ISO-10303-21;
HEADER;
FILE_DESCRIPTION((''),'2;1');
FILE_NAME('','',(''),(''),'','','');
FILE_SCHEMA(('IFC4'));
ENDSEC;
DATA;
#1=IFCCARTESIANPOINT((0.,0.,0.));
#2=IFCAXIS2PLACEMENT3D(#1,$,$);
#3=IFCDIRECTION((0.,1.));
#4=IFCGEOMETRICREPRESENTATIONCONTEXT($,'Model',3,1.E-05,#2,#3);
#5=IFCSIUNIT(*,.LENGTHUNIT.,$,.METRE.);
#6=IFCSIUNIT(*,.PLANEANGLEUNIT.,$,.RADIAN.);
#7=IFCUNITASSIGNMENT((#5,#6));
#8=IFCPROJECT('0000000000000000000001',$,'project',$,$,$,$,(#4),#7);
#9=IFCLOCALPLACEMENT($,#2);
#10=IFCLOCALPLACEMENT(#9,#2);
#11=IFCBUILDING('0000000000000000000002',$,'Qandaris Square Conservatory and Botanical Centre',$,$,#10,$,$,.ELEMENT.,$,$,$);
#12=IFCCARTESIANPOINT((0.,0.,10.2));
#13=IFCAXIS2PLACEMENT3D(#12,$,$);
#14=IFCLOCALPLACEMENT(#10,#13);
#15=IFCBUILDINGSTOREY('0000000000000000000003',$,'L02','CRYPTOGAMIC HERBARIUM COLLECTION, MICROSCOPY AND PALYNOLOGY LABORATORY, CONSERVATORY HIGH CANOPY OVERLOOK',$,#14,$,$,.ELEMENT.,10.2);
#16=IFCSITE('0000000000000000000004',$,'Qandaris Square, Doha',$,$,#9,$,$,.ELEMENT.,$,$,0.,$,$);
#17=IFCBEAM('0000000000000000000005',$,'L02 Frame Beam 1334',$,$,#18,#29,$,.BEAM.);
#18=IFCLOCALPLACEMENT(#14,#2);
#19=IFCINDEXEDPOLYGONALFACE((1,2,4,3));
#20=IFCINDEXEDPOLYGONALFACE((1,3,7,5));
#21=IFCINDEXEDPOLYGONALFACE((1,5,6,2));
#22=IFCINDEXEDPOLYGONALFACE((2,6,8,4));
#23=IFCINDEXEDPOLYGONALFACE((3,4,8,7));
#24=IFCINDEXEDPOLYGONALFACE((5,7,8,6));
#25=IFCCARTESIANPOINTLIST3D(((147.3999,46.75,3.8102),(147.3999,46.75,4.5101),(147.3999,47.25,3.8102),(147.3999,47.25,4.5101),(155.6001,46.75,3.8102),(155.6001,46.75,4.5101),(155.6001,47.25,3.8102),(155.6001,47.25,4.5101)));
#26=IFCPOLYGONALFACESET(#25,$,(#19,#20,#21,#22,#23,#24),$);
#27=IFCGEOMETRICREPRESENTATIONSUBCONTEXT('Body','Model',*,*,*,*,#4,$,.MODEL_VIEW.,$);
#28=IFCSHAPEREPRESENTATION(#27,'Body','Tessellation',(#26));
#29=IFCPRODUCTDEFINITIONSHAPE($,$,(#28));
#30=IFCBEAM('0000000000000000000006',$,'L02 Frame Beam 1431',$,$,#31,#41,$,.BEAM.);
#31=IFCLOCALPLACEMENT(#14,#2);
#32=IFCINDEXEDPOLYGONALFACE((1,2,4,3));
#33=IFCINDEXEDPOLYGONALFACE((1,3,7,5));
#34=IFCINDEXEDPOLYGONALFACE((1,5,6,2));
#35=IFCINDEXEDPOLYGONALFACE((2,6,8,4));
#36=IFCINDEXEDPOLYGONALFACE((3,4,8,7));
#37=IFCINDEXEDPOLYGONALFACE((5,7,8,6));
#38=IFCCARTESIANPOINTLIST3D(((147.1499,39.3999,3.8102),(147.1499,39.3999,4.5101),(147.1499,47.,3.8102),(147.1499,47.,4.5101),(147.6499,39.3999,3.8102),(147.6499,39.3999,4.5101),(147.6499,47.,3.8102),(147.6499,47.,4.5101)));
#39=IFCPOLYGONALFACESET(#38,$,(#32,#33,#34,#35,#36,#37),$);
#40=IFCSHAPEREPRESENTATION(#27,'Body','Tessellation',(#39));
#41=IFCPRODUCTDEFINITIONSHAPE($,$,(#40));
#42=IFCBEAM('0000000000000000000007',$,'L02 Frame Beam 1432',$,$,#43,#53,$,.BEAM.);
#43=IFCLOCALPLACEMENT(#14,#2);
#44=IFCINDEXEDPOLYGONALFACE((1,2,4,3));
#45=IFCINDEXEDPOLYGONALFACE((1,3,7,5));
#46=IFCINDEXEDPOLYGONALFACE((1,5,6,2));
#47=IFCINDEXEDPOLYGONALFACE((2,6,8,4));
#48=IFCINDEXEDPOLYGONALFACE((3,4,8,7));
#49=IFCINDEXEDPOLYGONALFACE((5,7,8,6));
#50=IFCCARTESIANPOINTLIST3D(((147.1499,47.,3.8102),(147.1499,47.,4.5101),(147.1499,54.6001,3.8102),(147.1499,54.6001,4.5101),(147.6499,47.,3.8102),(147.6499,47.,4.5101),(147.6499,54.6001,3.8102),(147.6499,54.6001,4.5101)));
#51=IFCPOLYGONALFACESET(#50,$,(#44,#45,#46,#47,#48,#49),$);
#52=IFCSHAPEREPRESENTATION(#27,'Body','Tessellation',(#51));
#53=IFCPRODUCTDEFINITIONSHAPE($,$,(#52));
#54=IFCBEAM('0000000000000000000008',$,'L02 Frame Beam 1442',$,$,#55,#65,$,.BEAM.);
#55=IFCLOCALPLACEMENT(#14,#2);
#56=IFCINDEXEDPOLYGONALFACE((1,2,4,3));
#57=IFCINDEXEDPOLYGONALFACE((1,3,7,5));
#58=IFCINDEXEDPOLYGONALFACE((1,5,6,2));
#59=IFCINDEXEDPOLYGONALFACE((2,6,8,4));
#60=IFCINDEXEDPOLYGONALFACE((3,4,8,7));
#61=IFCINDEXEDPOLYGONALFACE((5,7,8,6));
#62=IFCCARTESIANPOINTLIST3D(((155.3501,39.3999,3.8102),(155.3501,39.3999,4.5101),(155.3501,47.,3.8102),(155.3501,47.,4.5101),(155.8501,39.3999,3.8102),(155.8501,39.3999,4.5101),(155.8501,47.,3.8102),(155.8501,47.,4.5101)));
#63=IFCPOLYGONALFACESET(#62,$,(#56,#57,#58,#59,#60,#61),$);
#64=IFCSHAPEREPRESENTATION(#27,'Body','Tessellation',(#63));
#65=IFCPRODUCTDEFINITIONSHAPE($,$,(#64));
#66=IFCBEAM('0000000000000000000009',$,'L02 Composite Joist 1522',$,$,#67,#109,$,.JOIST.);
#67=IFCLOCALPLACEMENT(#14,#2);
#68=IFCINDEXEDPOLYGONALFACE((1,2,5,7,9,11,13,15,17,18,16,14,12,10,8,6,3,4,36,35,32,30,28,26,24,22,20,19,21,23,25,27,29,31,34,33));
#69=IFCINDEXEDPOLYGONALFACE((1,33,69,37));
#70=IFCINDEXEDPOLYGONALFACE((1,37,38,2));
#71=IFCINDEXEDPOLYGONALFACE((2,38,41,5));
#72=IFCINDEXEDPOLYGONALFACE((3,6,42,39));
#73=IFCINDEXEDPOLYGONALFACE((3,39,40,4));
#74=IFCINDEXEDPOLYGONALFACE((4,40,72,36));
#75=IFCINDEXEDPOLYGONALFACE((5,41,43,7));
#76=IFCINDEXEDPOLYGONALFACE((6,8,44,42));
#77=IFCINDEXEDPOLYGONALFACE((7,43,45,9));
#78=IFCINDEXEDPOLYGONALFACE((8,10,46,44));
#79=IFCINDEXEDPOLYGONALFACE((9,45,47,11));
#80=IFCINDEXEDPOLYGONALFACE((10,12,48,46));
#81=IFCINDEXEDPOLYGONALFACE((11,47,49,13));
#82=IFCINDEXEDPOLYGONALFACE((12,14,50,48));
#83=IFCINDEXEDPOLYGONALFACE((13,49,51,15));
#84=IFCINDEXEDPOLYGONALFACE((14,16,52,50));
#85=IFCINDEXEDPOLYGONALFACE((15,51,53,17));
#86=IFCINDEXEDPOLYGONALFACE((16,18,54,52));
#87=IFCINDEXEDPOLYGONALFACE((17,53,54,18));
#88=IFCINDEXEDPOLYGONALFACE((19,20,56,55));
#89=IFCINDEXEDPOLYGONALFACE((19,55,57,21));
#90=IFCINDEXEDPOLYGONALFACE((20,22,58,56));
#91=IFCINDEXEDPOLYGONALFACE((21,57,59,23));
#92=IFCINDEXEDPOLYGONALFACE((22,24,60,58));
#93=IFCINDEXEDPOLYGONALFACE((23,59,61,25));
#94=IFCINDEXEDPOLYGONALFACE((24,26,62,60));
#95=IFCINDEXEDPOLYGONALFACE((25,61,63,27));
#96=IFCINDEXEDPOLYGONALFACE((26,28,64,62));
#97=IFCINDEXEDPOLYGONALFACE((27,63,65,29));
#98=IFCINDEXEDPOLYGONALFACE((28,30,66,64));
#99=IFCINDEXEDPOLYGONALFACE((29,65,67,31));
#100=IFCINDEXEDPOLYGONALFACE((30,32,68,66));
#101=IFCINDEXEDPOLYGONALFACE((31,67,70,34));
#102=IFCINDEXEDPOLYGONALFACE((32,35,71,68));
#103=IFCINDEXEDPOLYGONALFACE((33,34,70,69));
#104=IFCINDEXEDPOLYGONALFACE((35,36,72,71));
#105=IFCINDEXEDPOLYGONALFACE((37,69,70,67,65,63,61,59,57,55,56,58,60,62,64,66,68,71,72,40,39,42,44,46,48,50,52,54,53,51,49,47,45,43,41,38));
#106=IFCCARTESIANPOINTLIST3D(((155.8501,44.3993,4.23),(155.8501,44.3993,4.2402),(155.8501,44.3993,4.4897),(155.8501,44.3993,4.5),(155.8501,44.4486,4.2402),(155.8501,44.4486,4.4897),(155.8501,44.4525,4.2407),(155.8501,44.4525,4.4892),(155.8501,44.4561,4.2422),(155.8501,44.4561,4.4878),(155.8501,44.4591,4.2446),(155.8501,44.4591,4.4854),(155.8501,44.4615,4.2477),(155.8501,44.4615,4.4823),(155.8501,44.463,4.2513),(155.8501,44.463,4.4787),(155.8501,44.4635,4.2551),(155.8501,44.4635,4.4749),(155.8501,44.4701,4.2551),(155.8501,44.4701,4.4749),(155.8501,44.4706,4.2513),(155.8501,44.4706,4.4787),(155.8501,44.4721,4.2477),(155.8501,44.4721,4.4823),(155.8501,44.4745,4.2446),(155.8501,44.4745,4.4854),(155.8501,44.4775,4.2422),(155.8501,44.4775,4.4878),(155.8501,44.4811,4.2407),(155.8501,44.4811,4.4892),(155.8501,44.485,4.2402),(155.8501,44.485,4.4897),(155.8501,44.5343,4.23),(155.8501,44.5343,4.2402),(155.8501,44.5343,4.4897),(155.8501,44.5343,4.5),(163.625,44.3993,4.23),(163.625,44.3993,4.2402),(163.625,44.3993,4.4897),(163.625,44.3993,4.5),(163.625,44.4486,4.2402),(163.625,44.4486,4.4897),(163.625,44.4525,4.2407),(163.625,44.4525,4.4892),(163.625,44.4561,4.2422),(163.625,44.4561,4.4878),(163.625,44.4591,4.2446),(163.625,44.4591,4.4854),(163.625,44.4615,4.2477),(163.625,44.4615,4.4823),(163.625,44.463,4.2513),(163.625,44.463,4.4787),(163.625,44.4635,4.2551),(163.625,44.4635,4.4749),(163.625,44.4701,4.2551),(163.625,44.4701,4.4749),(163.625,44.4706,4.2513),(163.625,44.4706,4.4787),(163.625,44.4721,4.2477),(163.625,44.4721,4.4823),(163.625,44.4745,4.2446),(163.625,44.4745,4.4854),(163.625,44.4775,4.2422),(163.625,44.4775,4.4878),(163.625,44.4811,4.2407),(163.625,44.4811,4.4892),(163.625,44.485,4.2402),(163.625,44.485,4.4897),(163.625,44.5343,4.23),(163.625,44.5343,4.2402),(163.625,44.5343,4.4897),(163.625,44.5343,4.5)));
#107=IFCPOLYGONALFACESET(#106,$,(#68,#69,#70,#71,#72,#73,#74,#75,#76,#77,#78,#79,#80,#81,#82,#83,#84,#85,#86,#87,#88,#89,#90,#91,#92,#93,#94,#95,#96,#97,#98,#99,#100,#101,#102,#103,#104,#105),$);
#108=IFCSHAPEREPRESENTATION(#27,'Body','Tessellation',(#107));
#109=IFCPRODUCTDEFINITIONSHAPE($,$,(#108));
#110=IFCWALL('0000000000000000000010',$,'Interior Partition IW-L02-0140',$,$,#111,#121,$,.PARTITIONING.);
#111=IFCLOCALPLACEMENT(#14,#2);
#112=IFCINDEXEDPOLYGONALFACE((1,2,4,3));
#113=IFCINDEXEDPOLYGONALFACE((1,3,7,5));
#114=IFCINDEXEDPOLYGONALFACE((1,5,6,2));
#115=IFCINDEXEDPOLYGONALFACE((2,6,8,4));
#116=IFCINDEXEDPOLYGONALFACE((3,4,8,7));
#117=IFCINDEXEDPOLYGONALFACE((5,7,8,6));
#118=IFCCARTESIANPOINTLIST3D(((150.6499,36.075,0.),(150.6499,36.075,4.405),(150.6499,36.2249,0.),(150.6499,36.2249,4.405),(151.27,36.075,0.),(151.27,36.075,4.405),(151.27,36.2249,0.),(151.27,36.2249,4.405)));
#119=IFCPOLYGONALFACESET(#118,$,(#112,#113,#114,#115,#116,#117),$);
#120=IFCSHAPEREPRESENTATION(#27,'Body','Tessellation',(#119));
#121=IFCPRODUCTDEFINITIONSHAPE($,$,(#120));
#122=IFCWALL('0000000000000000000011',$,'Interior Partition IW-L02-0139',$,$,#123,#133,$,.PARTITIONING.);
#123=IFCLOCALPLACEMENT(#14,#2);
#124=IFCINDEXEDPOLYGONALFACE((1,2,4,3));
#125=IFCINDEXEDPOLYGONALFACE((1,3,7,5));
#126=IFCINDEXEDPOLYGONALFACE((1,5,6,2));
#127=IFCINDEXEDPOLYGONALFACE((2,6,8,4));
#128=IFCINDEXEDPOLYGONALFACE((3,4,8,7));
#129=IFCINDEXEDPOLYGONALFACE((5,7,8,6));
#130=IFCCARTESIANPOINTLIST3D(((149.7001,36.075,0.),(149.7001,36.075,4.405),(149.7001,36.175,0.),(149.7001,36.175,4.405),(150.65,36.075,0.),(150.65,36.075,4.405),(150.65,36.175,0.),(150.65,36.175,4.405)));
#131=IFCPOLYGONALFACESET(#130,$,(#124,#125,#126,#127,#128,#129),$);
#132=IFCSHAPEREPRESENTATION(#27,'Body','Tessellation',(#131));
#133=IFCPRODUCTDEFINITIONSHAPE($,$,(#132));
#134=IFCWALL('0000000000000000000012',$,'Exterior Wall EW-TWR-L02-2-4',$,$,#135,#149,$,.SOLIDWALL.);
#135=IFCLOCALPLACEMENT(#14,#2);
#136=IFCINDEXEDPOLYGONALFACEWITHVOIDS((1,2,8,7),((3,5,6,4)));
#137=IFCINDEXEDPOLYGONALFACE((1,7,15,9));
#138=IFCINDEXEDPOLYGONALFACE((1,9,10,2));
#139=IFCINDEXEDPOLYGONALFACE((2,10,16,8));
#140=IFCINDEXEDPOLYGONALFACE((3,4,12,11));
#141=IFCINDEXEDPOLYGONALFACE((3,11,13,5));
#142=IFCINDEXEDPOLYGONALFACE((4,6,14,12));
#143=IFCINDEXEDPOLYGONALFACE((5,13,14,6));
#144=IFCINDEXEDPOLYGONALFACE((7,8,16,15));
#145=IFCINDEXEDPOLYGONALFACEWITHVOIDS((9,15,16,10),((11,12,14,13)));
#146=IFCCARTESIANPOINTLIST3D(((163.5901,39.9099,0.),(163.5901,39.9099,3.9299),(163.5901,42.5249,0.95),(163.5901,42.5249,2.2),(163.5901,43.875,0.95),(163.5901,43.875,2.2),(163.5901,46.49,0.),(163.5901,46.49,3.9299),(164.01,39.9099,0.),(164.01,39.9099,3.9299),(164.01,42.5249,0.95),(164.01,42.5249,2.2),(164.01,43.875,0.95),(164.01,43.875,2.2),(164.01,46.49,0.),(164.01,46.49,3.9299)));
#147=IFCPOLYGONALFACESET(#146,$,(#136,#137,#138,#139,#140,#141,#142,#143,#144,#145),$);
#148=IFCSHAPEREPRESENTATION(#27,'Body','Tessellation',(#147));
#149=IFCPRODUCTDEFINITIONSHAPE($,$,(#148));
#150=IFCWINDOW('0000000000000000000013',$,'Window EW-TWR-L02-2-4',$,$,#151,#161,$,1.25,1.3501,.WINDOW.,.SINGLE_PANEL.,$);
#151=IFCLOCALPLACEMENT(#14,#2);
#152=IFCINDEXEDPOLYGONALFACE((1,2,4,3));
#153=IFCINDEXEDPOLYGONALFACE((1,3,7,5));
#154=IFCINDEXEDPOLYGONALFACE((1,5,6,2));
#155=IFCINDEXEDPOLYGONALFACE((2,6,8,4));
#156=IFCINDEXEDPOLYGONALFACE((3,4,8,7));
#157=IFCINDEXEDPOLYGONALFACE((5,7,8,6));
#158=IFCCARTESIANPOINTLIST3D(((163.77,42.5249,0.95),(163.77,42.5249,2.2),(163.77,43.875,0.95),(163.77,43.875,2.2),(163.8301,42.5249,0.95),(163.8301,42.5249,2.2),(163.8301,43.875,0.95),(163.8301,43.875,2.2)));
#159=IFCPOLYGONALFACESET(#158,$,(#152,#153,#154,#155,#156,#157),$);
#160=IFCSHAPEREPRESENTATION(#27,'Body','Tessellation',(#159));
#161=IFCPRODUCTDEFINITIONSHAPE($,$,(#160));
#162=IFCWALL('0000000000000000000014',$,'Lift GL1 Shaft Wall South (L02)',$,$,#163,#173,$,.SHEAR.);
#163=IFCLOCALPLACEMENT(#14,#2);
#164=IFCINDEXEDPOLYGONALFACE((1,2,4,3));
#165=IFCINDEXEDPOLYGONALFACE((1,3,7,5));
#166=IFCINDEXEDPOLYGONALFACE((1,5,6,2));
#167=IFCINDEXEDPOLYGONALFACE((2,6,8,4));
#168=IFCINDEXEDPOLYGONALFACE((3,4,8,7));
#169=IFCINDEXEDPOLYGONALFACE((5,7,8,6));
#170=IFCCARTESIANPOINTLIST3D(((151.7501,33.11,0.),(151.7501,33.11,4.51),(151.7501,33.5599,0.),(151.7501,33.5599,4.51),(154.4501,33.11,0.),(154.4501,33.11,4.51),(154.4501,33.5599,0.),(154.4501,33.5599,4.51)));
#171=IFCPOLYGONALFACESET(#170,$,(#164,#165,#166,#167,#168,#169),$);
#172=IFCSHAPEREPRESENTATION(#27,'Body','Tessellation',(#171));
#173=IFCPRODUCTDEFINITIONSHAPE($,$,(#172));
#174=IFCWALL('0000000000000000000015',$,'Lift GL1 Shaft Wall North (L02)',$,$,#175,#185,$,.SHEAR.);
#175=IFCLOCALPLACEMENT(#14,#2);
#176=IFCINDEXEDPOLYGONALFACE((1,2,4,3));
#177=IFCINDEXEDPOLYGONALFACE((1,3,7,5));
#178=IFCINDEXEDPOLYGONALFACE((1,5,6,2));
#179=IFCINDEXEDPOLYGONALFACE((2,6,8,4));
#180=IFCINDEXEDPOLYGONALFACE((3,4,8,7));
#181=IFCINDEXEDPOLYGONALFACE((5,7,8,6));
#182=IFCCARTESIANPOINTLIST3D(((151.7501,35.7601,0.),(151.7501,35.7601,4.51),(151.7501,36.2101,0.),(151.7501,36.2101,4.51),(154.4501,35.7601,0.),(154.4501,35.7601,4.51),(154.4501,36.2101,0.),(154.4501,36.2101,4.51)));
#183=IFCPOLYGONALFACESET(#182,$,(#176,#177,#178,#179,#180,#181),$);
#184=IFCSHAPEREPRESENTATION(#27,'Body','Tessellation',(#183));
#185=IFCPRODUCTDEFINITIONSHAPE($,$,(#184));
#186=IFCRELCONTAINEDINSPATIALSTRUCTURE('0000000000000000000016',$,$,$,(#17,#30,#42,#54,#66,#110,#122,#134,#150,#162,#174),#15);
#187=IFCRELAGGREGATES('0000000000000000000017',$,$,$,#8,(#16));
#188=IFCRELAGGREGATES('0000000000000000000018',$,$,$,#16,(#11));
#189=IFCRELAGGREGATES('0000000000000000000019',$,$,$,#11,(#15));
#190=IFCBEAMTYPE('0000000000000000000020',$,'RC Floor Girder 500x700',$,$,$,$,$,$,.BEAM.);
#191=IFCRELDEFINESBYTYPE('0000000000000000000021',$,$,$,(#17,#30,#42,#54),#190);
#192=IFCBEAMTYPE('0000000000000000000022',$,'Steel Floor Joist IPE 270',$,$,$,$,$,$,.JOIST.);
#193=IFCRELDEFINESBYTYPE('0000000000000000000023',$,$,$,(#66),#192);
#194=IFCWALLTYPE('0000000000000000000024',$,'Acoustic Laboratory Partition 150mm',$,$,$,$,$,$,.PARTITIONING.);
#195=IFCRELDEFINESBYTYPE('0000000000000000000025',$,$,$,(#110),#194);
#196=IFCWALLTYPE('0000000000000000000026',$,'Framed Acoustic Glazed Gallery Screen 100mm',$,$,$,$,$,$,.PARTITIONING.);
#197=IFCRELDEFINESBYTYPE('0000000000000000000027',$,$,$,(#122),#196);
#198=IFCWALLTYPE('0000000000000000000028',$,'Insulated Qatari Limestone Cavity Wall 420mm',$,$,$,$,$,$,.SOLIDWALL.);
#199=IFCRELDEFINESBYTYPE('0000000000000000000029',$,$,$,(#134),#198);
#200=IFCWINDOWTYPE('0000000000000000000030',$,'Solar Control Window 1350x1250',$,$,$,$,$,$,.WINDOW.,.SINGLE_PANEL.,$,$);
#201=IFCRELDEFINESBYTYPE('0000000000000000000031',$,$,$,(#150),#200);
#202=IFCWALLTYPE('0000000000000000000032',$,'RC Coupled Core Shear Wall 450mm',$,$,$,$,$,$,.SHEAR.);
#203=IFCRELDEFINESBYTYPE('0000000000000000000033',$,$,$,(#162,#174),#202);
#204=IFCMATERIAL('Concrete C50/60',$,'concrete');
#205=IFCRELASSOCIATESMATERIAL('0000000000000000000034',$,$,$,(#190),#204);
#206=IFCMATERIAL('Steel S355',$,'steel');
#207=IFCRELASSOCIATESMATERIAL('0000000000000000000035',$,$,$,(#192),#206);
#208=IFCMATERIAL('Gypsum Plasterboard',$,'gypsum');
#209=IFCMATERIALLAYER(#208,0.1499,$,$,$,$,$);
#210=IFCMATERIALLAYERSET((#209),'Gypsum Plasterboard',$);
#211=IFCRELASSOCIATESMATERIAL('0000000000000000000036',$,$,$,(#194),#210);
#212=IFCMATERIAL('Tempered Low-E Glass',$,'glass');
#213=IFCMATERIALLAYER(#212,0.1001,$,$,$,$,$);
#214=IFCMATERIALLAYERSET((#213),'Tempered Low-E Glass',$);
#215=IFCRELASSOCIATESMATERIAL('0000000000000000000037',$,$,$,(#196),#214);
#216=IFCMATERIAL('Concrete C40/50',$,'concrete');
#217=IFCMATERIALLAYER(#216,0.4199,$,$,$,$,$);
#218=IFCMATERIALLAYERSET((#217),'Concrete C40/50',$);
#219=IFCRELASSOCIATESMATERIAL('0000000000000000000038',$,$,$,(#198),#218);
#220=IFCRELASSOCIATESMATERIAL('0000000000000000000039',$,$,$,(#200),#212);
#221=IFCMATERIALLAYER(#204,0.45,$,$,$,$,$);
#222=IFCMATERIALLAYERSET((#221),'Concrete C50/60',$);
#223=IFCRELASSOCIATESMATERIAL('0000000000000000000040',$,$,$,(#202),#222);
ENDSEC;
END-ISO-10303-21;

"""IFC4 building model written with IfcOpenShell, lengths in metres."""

from ifc_helpers import new_model, si_unit, direction, frame, frame_2d, origin, origin_2d, place, context, subcontext, project, spatial, rectangle, i_section, extrude, material, layer, layer_set, material_profile, profile_set, type_object, element, fill, save


model = new_model("IFC4")

# Units and contexts
model_context = context("Model", 3, precision=1e-05, world=origin(), true_north=direction((0.0, 1.0)))
body_context = subcontext(model_context, "Body", "Model", "MODEL_VIEW")
ifc_project = project(units=[si_unit("LENGTHUNIT", "METRE"), si_unit("PLANEANGLEUNIT", "RADIAN")], contexts=[model_context])

# Site, building, storey
site_placement = place(None, origin())
site = spatial("IfcSite", under=ifc_project, at=site_placement, Name="Qandaris Square, Doha", CompositionType="ELEMENT", RefElevation=0.0)
building_placement = place(site_placement, origin())
building = spatial("IfcBuilding", under=site, at=building_placement, Name="Qandaris Square Conservatory and Botanical Centre", CompositionType="ELEMENT")
storey_placement = place(building_placement, frame((0.0, 0.0, 10.2)))
storey = spatial("IfcBuildingStorey", under=building, at=storey_placement, Name="L02", Description="CRYPTOGAMIC HERBARIUM COLLECTION, MICROSCOPY AND PALYNOLOGY LABORATORY, CONSERVATORY HIGH CANOPY OVERLOOK", CompositionType="ELEMENT", Elevation=10.2)

# Shared definitions
ifc_material_1 = material(Name="Concrete C50/60", Category="concrete")

# Beams
ifc_material_2 = material(Name="Steel S355", Category="steel")
ifc_material_profile_1 = material_profile(ifc_material_1, rectangle(XDim=0.5, YDim=0.7, at=origin_2d()), Name="RC-BM 500x700")
ifc_profile_set_1 = profile_set([ifc_material_profile_1], Name="Concrete C50/60")
beam_type_1 = type_object("IfcBeamType", Name="RC Floor Girder 500x700", PredefinedType="BEAM", material=ifc_profile_set_1)
beam_1_placement = place(storey_placement, frame((147.3999, 47.0, 4.1602), z_axis=(1.0, 0.0, 0.0), x_axis=(0.0, 1.0, 0.0)))
element("IfcBeam", 1, at=beam_1_placement, inside=storey, type_object=beam_type_1, Name="L02 Frame Beam 1334", PredefinedType="BEAM", context=body_context, shape_type="SweptSolid", body=[
    extrude(rectangle(XDim=0.5, YDim=0.7, at=origin_2d()), origin(), (0.0, 0.0, 1.0), 8.2002),
])
for number, where, z_axis, x_axis, name in (
    (2, (147.3999, 39.3999, 4.1602), (0.0, 1.0, 0.0), (-1.0, 0.0, 0.0), "L02 Frame Beam 1431"),
    (3, (147.3999, 47.0, 4.1602), (0.0, 1.0, 0.0), (-1.0, 0.0, 0.0), "L02 Frame Beam 1432"),
    (4, (155.6001, 39.3999, 4.1602), (0.0, 1.0, 0.0), (-1.0, 0.0, 0.0), "L02 Frame Beam 1442"),
):
    element("IfcBeam", number, at=place(storey_placement, frame(where, z_axis=z_axis, x_axis=x_axis)), inside=storey, type_object=beam_type_1, Name=name, PredefinedType="BEAM", context=body_context, shape_type="SweptSolid", body=[
        extrude(rectangle(XDim=0.5, YDim=0.7, at=origin_2d()), origin(), (0.0, 0.0, 1.0), 7.6001),
    ])
ifc_material_profile_2 = material_profile(ifc_material_2, i_section(OverallWidth=0.135, OverallDepth=0.27, WebThickness=0.0066, FlangeThickness=0.0103, FilletRadius=0.0149, at=origin_2d()), Name="IPE 270")
ifc_profile_set_2 = profile_set([ifc_material_profile_2], Name="Steel S355")
beam_type_2 = type_object("IfcBeamType", Name="Steel Floor Joist IPE 270", PredefinedType="JOIST", material=ifc_profile_set_2)
beam_2_placement = place(storey_placement, frame((155.8501, 44.4668, 4.365), z_axis=(1.0, 0.0, 0.0), x_axis=(0.0, 1.0, 0.0)))
element("IfcBeam", 5, at=beam_2_placement, inside=storey, type_object=beam_type_2, Name="L02 Composite Joist 1522", PredefinedType="JOIST", context=body_context, shape_type="SweptSolid", body=[
    extrude(i_section(OverallWidth=0.135, OverallDepth=0.27, WebThickness=0.0066, FlangeThickness=0.0103, FilletRadius=0.0149, at=origin_2d()), origin(), (0.0, 0.0, 1.0), 7.7749),
])

# Walls
ifc_material_3 = material(Name="Gypsum Plasterboard", Category="gypsum")
ifc_layer_1 = layer(ifc_material_3, 0.1499)
ifc_layer_set_1 = layer_set([ifc_layer_1], Name="Gypsum Plasterboard")
wall_type_1 = type_object("IfcWallType", Name="Acoustic Laboratory Partition 150mm", PredefinedType="PARTITIONING", material=ifc_layer_set_1)
wall_1_placement = place(storey_placement, frame((150.6499, 36.1499, 0.0), z_axis=(0.0, 0.0, 1.0), x_axis=(1.0, 0.0, 0.0)))
element("IfcWall", 6, at=wall_1_placement, inside=storey, type_object=wall_type_1, Name="Interior Partition IW-L02-0140", PredefinedType="PARTITIONING", context=body_context, shape_type="SweptSolid", body=[
    extrude(rectangle(XDim=0.6201, YDim=0.1499, at=frame_2d((0.3101, 0.0))), origin(), (0.0, 0.0, 1.0), 4.405),
])
ifc_material_4 = material(Name="Tempered Low-E Glass", Category="glass")
ifc_layer_2 = layer(ifc_material_4, 0.1001)
ifc_layer_set_2 = layer_set([ifc_layer_2], Name="Tempered Low-E Glass")
wall_type_2 = type_object("IfcWallType", Name="Framed Acoustic Glazed Gallery Screen 100mm", PredefinedType="PARTITIONING", material=ifc_layer_set_2)
wall_2_placement = place(storey_placement, frame((149.7, 36.125, 0.0), z_axis=(0.0, 0.0, 1.0), x_axis=(1.0, 0.0, 0.0)))
element("IfcWall", 7, at=wall_2_placement, inside=storey, type_object=wall_type_2, Name="Interior Partition IW-L02-0139", PredefinedType="PARTITIONING", context=body_context, shape_type="SweptSolid", body=[
    extrude(rectangle(XDim=0.95, YDim=0.1001, at=frame_2d((0.4751, 0.0))), origin(), (0.0, 0.0, 1.0), 4.405),
])

# Wall, opening, window
ifc_material_5 = material(Name="Concrete C40/50", Category="concrete")
ifc_layer_3 = layer(ifc_material_5, 0.4199)
ifc_layer_set_3 = layer_set([ifc_layer_3], Name="Concrete C40/50")
wall_type_3 = type_object("IfcWallType", Name="Insulated Qatari Limestone Cavity Wall 420mm", PredefinedType="SOLIDWALL", material=ifc_layer_set_3)
wall_3_placement = place(storey_placement, frame((163.8, 39.9099, 0.0), z_axis=(0.0, 0.0, 1.0), x_axis=(0.0, 1.0, 0.0)))
wall_3 = element("IfcWall", 8, at=wall_3_placement, inside=storey, type_object=wall_type_3, Name="Exterior Wall EW-TWR-L02-2-4", PredefinedType="SOLIDWALL", context=body_context, shape_type="SweptSolid", body=[
    extrude(rectangle(XDim=6.5801, YDim=0.4199, at=frame_2d((3.29, 0.0))), origin(), (0.0, 0.0, 1.0), 3.9299),
])
opening_1_placement = place(wall_3_placement, frame((2.615, 0.0, 0.95)))
opening_1 = element("IfcOpeningElement", 9, at=opening_1_placement, cuts=wall_3, PredefinedType="OPENING", context=body_context, shape_type="SweptSolid", body=[
    extrude(rectangle(XDim=1.3501, YDim=1.25, at=frame_2d((0.675, 0.625))), frame((0.0, 0.2219, 0.0), z_axis=(0.0, -1.0, 0.0), x_axis=(1.0, 0.0, 0.0)), (0.0, 0.0, 1.0), 0.4438),
])
window_type = type_object("IfcWindowType", Name="Solar Control Window 1350x1250", PartitioningType="SINGLE_PANEL", PredefinedType="WINDOW", material=ifc_material_4)
window_placement = place(opening_1_placement, origin())
window = element("IfcWindow", 10, at=window_placement, inside=storey, type_object=window_type, Name="Window EW-TWR-L02-2-4", OverallHeight=1.25, OverallWidth=1.3501, PartitioningType="SINGLE_PANEL", PredefinedType="WINDOW", context=body_context, shape_type="SweptSolid", body=[
    extrude(rectangle(XDim=1.3501, YDim=1.25, at=frame_2d((0.675, 0.625))), frame((0.0, 0.03, 0.0), z_axis=(0.0, -1.0, 0.0), x_axis=(1.0, 0.0, 0.0)), (0.0, 0.0, 1.0), 0.0601),
])
fill(opening_1, window)

# Walls
ifc_layer_4 = layer(ifc_material_1, 0.45)
ifc_layer_set_4 = layer_set([ifc_layer_4], Name="Concrete C50/60")
wall_type_4 = type_object("IfcWallType", Name="RC Coupled Core Shear Wall 450mm", PredefinedType="SHEAR", material=ifc_layer_set_4)
for number, where, z_axis, x_axis, name in (
    (11, (151.75, 33.335, 0.0), (0.0, 0.0, 1.0), (1.0, 0.0, 0.0), "Lift GL1 Shaft Wall South (L02)"),
    (12, (151.75, 35.9851, 0.0), (0.0, 0.0, 1.0), (1.0, 0.0, 0.0), "Lift GL1 Shaft Wall North (L02)"),
):
    element("IfcWall", number, at=place(storey_placement, frame(where, z_axis=z_axis, x_axis=x_axis)), inside=storey, type_object=wall_type_4, Name=name, PredefinedType="SHEAR", context=body_context, shape_type="SweptSolid", body=[
        extrude(rectangle(XDim=2.7, YDim=0.45, at=frame_2d((1.3501, 0.0))), origin(), (0.0, 0.0, 1.0), 4.51),
    ])

save(model, "model.ifc")
